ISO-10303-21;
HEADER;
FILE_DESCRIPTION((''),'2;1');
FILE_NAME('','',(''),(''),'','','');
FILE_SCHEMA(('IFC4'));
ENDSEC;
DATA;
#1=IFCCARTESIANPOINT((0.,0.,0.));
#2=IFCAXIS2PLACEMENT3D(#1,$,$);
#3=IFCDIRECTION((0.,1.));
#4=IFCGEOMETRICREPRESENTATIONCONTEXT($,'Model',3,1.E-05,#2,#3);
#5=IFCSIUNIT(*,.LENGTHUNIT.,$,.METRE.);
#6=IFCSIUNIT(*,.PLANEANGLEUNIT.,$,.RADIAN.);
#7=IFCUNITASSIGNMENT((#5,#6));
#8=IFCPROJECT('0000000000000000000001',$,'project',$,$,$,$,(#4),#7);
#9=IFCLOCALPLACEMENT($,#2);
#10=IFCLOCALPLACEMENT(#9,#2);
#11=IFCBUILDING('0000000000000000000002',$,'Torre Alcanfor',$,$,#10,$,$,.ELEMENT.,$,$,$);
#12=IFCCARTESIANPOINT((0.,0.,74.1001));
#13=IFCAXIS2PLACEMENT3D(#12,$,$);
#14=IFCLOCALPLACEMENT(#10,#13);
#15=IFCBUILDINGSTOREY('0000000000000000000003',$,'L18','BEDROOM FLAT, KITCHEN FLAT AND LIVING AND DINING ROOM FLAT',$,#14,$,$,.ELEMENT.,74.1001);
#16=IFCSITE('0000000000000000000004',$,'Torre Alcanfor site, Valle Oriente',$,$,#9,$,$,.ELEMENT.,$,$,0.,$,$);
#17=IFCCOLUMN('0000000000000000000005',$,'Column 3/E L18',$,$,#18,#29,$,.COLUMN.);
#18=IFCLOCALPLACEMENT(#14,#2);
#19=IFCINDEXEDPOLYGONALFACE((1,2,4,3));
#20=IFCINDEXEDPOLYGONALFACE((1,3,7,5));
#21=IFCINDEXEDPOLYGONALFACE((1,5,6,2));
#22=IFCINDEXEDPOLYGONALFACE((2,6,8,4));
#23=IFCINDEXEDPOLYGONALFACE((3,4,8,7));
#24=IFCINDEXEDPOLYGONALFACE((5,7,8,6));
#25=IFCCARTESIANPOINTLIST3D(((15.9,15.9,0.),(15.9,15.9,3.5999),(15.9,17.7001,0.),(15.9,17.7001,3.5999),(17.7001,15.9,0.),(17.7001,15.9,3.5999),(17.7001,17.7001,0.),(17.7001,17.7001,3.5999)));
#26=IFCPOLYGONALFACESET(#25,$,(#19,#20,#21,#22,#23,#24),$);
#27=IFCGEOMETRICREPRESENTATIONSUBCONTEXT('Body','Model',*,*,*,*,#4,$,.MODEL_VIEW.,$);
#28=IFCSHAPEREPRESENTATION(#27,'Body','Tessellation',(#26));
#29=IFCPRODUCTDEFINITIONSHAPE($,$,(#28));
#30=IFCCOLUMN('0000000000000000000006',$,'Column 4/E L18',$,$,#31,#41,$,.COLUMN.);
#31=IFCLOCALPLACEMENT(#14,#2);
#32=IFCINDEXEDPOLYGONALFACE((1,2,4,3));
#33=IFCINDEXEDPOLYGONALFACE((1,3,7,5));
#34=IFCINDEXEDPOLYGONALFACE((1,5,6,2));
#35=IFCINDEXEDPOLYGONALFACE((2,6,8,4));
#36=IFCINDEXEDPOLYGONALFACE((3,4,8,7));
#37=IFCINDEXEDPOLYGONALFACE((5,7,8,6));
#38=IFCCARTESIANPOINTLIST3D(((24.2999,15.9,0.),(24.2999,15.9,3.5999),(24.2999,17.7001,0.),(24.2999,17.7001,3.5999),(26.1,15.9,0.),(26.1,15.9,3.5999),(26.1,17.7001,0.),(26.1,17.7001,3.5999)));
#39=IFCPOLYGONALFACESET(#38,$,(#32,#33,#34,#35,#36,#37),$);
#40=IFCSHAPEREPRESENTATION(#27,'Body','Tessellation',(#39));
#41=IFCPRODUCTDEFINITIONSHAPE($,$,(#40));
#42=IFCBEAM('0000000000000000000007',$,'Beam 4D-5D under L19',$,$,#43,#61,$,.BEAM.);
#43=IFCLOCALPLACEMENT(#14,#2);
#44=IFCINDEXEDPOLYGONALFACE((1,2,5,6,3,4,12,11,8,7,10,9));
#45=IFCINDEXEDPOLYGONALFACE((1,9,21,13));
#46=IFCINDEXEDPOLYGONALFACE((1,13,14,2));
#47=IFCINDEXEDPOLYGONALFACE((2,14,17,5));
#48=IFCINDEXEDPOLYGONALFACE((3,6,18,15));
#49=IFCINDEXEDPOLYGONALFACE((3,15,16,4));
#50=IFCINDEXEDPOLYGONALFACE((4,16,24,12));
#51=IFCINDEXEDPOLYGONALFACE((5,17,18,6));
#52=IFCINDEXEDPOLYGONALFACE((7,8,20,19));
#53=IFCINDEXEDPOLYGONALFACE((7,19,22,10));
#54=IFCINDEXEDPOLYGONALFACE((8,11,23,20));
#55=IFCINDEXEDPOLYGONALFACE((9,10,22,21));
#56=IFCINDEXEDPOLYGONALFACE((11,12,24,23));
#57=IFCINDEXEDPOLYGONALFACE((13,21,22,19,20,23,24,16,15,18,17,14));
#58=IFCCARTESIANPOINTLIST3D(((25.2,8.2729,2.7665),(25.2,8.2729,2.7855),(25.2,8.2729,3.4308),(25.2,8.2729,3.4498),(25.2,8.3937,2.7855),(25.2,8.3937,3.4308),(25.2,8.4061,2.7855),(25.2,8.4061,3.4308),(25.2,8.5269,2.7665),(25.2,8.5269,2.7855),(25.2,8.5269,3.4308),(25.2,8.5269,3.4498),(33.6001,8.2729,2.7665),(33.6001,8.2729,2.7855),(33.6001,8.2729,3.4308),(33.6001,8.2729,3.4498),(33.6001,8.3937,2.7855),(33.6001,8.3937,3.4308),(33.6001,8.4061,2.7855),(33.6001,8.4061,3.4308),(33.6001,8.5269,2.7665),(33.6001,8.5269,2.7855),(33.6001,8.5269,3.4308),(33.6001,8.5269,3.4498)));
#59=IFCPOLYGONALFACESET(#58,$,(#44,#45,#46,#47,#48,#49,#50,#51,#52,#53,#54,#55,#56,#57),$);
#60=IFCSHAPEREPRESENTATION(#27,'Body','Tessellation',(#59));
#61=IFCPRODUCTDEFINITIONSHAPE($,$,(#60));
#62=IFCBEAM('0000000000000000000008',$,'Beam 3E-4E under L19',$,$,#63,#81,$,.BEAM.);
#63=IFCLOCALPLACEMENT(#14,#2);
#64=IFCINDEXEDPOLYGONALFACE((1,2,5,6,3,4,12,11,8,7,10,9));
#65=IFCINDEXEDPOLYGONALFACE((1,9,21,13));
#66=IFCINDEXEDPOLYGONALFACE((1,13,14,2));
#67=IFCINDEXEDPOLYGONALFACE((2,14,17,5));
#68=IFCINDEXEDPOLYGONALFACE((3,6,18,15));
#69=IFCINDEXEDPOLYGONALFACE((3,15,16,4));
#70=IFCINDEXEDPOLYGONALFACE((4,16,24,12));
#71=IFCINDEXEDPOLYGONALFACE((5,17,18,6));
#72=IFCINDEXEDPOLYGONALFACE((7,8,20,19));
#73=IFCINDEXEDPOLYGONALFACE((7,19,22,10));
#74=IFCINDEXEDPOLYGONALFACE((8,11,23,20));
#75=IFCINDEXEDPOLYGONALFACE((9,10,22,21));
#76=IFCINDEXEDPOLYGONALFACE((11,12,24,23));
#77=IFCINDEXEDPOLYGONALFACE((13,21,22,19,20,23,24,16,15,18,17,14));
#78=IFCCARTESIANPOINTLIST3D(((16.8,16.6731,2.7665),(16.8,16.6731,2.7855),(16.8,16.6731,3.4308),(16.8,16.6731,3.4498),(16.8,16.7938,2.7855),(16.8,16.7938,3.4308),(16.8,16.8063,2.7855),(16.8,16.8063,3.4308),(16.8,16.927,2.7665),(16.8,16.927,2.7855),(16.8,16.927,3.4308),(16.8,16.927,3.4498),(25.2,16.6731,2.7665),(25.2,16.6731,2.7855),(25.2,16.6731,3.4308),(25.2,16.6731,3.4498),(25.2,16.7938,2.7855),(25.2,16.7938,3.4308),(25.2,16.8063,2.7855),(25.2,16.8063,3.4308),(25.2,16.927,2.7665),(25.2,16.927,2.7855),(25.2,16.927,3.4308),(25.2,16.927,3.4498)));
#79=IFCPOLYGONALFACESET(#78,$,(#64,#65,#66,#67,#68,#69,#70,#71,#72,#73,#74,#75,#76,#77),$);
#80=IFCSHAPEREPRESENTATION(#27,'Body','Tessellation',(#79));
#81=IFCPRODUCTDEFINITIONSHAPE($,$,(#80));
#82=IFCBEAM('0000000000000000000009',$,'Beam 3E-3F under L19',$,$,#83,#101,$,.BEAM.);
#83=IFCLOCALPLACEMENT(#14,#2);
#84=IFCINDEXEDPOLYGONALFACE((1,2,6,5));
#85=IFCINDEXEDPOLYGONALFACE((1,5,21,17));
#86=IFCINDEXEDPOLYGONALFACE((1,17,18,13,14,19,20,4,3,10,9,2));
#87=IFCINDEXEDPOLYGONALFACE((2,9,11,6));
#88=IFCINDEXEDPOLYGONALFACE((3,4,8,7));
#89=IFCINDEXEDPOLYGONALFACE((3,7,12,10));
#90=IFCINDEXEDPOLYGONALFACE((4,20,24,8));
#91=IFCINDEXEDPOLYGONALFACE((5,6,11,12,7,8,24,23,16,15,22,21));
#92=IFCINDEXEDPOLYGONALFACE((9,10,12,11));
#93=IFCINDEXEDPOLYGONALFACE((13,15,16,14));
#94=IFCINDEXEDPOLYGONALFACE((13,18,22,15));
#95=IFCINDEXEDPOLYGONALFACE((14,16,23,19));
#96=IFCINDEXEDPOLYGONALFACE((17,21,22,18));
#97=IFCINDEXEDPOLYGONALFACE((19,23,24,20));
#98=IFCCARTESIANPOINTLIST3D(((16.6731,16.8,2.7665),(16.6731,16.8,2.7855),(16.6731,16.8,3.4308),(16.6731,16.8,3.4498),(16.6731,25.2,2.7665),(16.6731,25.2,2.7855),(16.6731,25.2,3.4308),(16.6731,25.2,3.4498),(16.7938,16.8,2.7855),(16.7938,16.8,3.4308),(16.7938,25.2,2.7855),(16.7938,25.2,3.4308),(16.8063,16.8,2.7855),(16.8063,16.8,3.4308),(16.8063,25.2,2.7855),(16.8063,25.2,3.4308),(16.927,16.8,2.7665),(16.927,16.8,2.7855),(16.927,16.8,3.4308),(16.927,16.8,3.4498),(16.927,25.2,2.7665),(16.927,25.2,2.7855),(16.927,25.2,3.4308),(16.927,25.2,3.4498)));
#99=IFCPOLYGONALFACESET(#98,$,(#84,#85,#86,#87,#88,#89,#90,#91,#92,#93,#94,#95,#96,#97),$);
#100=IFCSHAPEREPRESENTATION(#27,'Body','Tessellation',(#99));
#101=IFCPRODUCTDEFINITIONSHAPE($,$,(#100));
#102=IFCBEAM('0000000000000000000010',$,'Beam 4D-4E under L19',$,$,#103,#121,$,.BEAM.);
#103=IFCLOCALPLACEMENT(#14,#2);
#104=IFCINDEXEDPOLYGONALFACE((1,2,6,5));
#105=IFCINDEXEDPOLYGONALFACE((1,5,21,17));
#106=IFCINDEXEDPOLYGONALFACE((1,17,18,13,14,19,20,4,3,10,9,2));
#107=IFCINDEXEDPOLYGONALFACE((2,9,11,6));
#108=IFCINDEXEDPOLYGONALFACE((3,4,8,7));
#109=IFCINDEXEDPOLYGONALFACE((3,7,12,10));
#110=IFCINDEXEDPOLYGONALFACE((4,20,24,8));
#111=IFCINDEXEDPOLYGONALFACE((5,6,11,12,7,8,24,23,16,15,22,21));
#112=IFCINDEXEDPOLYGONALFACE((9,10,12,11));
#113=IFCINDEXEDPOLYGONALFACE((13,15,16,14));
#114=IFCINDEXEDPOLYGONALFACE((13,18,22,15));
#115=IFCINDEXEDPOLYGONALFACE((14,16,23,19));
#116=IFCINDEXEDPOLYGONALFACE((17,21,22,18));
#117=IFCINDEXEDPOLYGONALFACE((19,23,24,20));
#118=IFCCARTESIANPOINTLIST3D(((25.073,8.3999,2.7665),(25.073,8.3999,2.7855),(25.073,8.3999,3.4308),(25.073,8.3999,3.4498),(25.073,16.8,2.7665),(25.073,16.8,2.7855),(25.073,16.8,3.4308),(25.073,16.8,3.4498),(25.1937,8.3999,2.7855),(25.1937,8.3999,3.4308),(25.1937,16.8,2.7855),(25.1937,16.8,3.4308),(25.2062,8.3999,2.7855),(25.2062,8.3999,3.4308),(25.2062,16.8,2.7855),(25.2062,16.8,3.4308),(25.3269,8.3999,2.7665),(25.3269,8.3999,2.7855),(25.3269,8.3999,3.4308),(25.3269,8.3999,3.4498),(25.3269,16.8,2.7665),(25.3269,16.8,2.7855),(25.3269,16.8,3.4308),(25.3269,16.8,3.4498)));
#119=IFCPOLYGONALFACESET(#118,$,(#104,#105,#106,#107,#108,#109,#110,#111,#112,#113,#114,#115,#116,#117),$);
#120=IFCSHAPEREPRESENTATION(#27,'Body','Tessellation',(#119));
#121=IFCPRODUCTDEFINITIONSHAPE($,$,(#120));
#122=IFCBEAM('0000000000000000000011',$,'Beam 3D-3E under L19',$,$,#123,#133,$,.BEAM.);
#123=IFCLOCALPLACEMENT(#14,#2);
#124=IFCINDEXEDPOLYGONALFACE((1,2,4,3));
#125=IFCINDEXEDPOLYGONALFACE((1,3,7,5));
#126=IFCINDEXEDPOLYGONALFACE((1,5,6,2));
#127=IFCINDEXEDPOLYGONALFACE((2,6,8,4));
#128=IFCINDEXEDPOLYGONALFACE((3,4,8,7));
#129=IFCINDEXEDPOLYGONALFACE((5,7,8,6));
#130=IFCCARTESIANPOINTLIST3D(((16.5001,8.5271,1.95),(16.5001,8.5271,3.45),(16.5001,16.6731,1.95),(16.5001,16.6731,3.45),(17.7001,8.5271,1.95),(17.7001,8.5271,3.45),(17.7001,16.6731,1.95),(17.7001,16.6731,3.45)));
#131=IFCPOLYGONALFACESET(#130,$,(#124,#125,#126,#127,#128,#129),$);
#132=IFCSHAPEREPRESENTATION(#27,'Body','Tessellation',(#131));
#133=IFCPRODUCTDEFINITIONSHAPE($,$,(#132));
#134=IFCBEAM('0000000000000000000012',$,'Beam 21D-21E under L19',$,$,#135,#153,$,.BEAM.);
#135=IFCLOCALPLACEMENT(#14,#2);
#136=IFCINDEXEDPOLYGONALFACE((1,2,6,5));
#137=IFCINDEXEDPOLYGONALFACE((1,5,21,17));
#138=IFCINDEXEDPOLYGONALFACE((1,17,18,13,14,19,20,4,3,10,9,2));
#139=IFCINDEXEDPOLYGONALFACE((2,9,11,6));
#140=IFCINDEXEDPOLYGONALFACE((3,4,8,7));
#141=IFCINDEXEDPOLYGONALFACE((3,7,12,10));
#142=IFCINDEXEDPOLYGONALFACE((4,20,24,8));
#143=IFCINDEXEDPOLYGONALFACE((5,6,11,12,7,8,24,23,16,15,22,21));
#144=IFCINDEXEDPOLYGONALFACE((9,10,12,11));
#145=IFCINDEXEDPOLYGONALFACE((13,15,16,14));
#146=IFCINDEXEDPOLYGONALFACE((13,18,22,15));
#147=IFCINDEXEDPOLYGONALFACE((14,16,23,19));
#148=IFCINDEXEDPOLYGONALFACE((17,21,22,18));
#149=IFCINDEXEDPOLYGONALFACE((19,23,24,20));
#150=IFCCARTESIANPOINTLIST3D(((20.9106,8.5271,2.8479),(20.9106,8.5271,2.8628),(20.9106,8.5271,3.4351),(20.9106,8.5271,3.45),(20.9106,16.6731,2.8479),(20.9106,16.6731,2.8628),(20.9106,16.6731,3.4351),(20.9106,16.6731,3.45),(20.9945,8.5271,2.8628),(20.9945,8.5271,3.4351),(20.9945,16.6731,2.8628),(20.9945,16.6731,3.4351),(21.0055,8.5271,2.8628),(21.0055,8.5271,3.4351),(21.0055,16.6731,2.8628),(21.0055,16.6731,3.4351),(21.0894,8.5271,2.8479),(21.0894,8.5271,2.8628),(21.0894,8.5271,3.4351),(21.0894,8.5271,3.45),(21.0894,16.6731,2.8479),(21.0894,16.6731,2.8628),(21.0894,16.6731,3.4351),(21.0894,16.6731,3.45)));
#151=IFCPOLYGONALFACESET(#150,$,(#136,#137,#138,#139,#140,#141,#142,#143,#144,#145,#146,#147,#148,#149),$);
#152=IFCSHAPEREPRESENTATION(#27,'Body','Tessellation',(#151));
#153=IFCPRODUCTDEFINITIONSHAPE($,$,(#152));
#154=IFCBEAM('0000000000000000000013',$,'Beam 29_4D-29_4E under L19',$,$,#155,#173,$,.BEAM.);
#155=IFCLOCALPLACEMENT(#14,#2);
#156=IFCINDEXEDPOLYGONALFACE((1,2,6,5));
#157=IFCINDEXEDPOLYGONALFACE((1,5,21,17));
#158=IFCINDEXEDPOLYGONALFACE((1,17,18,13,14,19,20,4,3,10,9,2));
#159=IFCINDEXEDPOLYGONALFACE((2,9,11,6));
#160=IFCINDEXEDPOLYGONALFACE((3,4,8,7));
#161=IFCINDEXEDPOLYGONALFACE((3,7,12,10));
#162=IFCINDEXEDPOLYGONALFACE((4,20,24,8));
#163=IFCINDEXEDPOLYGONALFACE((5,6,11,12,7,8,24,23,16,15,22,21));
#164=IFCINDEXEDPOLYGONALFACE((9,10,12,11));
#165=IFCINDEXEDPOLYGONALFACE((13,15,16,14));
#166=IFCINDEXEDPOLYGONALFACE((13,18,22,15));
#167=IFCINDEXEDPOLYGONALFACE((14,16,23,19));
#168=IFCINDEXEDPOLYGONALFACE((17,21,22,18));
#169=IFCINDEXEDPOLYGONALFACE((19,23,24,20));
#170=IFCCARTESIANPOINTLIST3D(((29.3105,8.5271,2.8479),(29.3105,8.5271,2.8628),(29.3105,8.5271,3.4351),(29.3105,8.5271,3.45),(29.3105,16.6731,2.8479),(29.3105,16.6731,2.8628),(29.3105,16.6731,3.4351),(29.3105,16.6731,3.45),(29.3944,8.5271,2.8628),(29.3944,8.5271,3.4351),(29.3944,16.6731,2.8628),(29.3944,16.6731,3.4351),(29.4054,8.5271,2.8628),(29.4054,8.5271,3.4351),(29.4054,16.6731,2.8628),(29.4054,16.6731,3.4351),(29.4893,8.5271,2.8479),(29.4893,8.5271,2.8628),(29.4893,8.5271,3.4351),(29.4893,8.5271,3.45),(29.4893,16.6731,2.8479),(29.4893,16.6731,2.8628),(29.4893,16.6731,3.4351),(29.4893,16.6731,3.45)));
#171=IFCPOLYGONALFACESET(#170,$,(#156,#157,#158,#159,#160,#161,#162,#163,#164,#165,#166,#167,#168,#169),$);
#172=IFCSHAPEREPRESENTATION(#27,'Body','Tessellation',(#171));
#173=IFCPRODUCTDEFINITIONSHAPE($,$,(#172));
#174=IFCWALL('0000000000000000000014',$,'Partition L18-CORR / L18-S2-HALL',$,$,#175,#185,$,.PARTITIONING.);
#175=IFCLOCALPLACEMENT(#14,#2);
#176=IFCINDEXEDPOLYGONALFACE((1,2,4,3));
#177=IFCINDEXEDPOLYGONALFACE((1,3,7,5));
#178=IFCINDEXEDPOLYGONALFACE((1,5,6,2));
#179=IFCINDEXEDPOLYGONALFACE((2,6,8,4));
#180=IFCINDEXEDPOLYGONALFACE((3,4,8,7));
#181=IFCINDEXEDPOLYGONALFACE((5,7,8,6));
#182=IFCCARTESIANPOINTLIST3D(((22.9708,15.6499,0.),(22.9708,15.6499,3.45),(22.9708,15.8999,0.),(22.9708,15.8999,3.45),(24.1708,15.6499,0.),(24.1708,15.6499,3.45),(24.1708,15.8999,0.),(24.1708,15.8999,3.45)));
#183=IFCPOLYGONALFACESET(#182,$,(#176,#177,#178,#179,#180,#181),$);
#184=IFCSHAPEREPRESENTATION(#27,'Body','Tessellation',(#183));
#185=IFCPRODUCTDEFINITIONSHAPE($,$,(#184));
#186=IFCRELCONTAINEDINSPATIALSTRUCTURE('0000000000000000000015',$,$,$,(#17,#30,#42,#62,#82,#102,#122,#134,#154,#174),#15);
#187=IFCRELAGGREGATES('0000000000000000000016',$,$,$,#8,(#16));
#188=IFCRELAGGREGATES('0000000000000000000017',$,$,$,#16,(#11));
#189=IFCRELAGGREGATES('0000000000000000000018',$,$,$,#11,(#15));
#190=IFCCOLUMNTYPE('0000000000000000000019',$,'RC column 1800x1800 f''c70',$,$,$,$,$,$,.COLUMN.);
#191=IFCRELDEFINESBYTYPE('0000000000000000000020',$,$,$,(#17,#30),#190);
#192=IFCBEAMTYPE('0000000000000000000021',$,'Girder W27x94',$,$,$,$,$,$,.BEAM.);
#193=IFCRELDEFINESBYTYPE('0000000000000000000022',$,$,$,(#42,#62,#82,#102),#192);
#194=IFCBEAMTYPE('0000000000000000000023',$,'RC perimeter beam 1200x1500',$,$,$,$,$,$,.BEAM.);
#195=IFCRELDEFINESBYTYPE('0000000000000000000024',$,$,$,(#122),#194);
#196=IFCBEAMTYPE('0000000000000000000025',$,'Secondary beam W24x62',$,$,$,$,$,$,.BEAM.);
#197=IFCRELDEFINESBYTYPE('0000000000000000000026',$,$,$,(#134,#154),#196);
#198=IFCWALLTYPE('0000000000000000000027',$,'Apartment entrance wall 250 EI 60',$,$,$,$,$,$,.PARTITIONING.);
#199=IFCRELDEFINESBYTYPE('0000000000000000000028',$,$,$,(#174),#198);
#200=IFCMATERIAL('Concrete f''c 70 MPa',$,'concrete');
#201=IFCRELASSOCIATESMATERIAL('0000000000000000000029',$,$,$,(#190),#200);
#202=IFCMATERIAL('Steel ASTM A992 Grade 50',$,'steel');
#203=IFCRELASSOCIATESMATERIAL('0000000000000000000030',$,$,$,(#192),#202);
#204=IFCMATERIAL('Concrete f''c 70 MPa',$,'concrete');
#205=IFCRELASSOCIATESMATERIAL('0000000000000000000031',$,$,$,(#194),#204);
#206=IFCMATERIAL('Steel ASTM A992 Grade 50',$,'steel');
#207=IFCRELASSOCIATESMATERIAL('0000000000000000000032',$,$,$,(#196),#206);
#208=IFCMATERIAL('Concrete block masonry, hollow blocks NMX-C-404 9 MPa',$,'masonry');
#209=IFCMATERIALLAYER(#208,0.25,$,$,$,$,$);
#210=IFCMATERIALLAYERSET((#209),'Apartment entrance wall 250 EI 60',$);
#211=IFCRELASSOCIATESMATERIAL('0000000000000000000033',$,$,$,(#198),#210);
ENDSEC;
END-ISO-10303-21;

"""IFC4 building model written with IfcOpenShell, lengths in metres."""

from ifc_helpers import new_model, si_unit, direction, frame, frame_2d, origin, origin_2d, place, context, subcontext, project, spatial, rectangle, i_section, extrude, material, layer, layer_set, material_profile, profile_set, type_object, element, save


model = new_model("IFC4")

# Units and contexts
model_context = context("Model", 3, precision=1e-05, world=origin(), true_north=direction((0.0, 1.0)))
body_context = subcontext(model_context, "Body", "Model", "MODEL_VIEW")
ifc_project = project(units=[si_unit("LENGTHUNIT", "METRE"), si_unit("PLANEANGLEUNIT", "RADIAN")], contexts=[model_context])

# Site, building, storey
site_placement = place(None, origin())
site = spatial("IfcSite", under=ifc_project, at=site_placement, Name="Torre Alcanfor site, Valle Oriente", CompositionType="ELEMENT", RefElevation=0.0)
building_placement = place(site_placement, origin())
building = spatial("IfcBuilding", under=site, at=building_placement, Name="Torre Alcanfor", CompositionType="ELEMENT")
storey_placement = place(building_placement, frame((0.0, 0.0, 74.1001)))
storey = spatial("IfcBuildingStorey", under=building, at=storey_placement, Name="L18", Description="BEDROOM FLAT, KITCHEN FLAT AND LIVING AND DINING ROOM FLAT", CompositionType="ELEMENT", Elevation=74.1001)

# Columns
ifc_material_1 = material(Name="Concrete f'c 70 MPa", Category="concrete")
ifc_material_profile_1 = material_profile(ifc_material_1, rectangle(XDim=1.8, YDim=1.8, at=origin_2d()), Name="1800x1800")
ifc_profile_set_1 = profile_set([ifc_material_profile_1], Name="Concrete f'c 70 MPa")
column_type = type_object("IfcColumnType", Name="RC column 1800x1800 f'c70", PredefinedType="COLUMN", material=ifc_profile_set_1)
for number, where, z_axis, x_axis, name in (
    (1, (16.8, 16.8, 0.0), (0.0, 0.0, 1.0), (1.0, 0.0, 0.0), "Column 3/E L18"),
    (2, (25.2, 16.8, 0.0), (0.0, 0.0, 1.0), (1.0, 0.0, 0.0), "Column 4/E L18"),
):
    element("IfcColumn", number, at=place(storey_placement, frame(where, z_axis=z_axis, x_axis=x_axis)), inside=storey, type_object=column_type, Name=name, PredefinedType="COLUMN", context=body_context, shape_type="SweptSolid", body=[
        extrude(rectangle(XDim=1.8, YDim=1.8, at=origin_2d()), origin(), (0.0, 0.0, 1.0), 3.5999),
    ])

# Beams
ifc_material_2 = material(Name="Steel ASTM A992 Grade 50", Category="steel")
ifc_material_profile_2 = material_profile(ifc_material_2, i_section(OverallWidth=0.2539, OverallDepth=0.6833, WebThickness=0.0125, FlangeThickness=0.019, at=origin_2d()), Name="W27x94")
ifc_profile_set_2 = profile_set([ifc_material_profile_2], Name="Steel ASTM A992 Grade 50")
beam_type_1 = type_object("IfcBeamType", Name="Girder W27x94", PredefinedType="BEAM", material=ifc_profile_set_2)
beam_1_placement = place(storey_placement, frame((25.2, 8.3999, 3.1082), z_axis=(1.0, 0.0, 0.0), x_axis=(0.0, 1.0, 0.0)))
element("IfcBeam", 3, at=beam_1_placement, inside=storey, type_object=beam_type_1, Name="Beam 4D-5D under L19", PredefinedType="BEAM", context=body_context, shape_type="SweptSolid", body=[
    extrude(i_section(OverallWidth=0.2539, OverallDepth=0.6833, WebThickness=0.0125, FlangeThickness=0.019, at=origin_2d()), origin(), (0.0, 0.0, 1.0), 8.4001),
])
for number, where, z_axis, x_axis, name in (
    (4, (16.8, 16.8, 3.1082), (1.0, 0.0, 0.0), (0.0, 1.0, 0.0), "Beam 3E-4E under L19"),
    (5, (16.8, 16.8, 3.1082), (0.0, 1.0, 0.0), (-1.0, 0.0, 0.0), "Beam 3E-3F under L19"),
):
    element("IfcBeam", number, at=place(storey_placement, frame(where, z_axis=z_axis, x_axis=x_axis)), inside=storey, type_object=beam_type_1, Name=name, PredefinedType="BEAM", context=body_context, shape_type="SweptSolid", body=[
        extrude(i_section(OverallWidth=0.2539, OverallDepth=0.6833, WebThickness=0.0125, FlangeThickness=0.019, at=origin_2d()), origin(), (0.0, 0.0, 1.0), 8.3999),
    ])
beam_2_placement = place(storey_placement, frame((25.2, 8.3999, 3.1082), z_axis=(0.0, 1.0, 0.0), x_axis=(-1.0, 0.0, 0.0)))
element("IfcBeam", 6, at=beam_2_placement, inside=storey, type_object=beam_type_1, Name="Beam 4D-4E under L19", PredefinedType="BEAM", context=body_context, shape_type="SweptSolid", body=[
    extrude(i_section(OverallWidth=0.2539, OverallDepth=0.6833, WebThickness=0.0125, FlangeThickness=0.019, at=origin_2d()), origin(), (0.0, 0.0, 1.0), 8.4001),
])
ifc_material_3 = material(Name="Concrete f'c 70 MPa", Category="concrete")
ifc_material_profile_3 = material_profile(ifc_material_3, rectangle(XDim=1.2, YDim=1.5, at=origin_2d()), Name="1200x1500")
ifc_profile_set_3 = profile_set([ifc_material_profile_3], Name="Concrete f'c 70 MPa")
beam_type_2 = type_object("IfcBeamType", Name="RC perimeter beam 1200x1500", PredefinedType="BEAM", material=ifc_profile_set_3)
beam_3_placement = place(storey_placement, frame((17.1001, 8.5271, 2.7), z_axis=(0.0, 1.0, 0.0), x_axis=(-1.0, 0.0, 0.0)))
element("IfcBeam", 7, at=beam_3_placement, inside=storey, type_object=beam_type_2, Name="Beam 3D-3E under L19", PredefinedType="BEAM", context=body_context, shape_type="SweptSolid", body=[
    extrude(rectangle(XDim=1.2, YDim=1.5, at=origin_2d()), origin(), (0.0, 0.0, 1.0), 8.146),
])
ifc_material_4 = material(Name="Steel ASTM A992 Grade 50", Category="steel")
ifc_material_profile_4 = material_profile(ifc_material_4, i_section(OverallWidth=0.1787, OverallDepth=0.6021, WebThickness=0.011, FlangeThickness=0.0149, at=origin_2d()), Name="W24x62")
ifc_profile_set_4 = profile_set([ifc_material_profile_4], Name="Steel ASTM A992 Grade 50")
beam_type_3 = type_object("IfcBeamType", Name="Secondary beam W24x62", PredefinedType="BEAM", material=ifc_profile_set_4)
for number, where, z_axis, x_axis, name in (
    (8, (21.0, 8.5271, 3.1489), (0.0, 1.0, 0.0), (-1.0, 0.0, 0.0), "Beam 21D-21E under L19"),
    (9, (29.3999, 8.5271, 3.1489), (0.0, 1.0, 0.0), (-1.0, 0.0, 0.0), "Beam 29_4D-29_4E under L19"),
):
    element("IfcBeam", number, at=place(storey_placement, frame(where, z_axis=z_axis, x_axis=x_axis)), inside=storey, type_object=beam_type_3, Name=name, PredefinedType="BEAM", context=body_context, shape_type="SweptSolid", body=[
        extrude(i_section(OverallWidth=0.1787, OverallDepth=0.6021, WebThickness=0.011, FlangeThickness=0.0149, at=origin_2d()), origin(), (0.0, 0.0, 1.0), 8.146),
    ])

# Wall
ifc_material_5 = material(Name="Concrete block masonry, hollow blocks NMX-C-404 9 MPa", Category="masonry")
ifc_layer_1 = layer(ifc_material_5, 0.25)
ifc_layer_set_1 = layer_set([ifc_layer_1], Name="Apartment entrance wall 250 EI 60")
wall_type_1 = type_object("IfcWallType", Name="Apartment entrance wall 250 EI 60", PredefinedType="PARTITIONING", material=ifc_layer_set_1)
wall_1_placement = place(storey_placement, frame((24.1709, 15.7749, 0.0), z_axis=(0.0, 0.0, 1.0), x_axis=(-1.0, 0.0, 0.0)))
element("IfcWall", 10, at=wall_1_placement, inside=storey, type_object=wall_type_1, Name="Partition L18-CORR / L18-S2-HALL", PredefinedType="PARTITIONING", context=body_context, shape_type="SweptSolid", body=[
    extrude(rectangle(XDim=1.2, YDim=0.25, at=frame_2d((0.6001, 0.0))), origin(), (0.0, 0.0, 1.0), 3.45),
])

save(model, "model.ifc")
